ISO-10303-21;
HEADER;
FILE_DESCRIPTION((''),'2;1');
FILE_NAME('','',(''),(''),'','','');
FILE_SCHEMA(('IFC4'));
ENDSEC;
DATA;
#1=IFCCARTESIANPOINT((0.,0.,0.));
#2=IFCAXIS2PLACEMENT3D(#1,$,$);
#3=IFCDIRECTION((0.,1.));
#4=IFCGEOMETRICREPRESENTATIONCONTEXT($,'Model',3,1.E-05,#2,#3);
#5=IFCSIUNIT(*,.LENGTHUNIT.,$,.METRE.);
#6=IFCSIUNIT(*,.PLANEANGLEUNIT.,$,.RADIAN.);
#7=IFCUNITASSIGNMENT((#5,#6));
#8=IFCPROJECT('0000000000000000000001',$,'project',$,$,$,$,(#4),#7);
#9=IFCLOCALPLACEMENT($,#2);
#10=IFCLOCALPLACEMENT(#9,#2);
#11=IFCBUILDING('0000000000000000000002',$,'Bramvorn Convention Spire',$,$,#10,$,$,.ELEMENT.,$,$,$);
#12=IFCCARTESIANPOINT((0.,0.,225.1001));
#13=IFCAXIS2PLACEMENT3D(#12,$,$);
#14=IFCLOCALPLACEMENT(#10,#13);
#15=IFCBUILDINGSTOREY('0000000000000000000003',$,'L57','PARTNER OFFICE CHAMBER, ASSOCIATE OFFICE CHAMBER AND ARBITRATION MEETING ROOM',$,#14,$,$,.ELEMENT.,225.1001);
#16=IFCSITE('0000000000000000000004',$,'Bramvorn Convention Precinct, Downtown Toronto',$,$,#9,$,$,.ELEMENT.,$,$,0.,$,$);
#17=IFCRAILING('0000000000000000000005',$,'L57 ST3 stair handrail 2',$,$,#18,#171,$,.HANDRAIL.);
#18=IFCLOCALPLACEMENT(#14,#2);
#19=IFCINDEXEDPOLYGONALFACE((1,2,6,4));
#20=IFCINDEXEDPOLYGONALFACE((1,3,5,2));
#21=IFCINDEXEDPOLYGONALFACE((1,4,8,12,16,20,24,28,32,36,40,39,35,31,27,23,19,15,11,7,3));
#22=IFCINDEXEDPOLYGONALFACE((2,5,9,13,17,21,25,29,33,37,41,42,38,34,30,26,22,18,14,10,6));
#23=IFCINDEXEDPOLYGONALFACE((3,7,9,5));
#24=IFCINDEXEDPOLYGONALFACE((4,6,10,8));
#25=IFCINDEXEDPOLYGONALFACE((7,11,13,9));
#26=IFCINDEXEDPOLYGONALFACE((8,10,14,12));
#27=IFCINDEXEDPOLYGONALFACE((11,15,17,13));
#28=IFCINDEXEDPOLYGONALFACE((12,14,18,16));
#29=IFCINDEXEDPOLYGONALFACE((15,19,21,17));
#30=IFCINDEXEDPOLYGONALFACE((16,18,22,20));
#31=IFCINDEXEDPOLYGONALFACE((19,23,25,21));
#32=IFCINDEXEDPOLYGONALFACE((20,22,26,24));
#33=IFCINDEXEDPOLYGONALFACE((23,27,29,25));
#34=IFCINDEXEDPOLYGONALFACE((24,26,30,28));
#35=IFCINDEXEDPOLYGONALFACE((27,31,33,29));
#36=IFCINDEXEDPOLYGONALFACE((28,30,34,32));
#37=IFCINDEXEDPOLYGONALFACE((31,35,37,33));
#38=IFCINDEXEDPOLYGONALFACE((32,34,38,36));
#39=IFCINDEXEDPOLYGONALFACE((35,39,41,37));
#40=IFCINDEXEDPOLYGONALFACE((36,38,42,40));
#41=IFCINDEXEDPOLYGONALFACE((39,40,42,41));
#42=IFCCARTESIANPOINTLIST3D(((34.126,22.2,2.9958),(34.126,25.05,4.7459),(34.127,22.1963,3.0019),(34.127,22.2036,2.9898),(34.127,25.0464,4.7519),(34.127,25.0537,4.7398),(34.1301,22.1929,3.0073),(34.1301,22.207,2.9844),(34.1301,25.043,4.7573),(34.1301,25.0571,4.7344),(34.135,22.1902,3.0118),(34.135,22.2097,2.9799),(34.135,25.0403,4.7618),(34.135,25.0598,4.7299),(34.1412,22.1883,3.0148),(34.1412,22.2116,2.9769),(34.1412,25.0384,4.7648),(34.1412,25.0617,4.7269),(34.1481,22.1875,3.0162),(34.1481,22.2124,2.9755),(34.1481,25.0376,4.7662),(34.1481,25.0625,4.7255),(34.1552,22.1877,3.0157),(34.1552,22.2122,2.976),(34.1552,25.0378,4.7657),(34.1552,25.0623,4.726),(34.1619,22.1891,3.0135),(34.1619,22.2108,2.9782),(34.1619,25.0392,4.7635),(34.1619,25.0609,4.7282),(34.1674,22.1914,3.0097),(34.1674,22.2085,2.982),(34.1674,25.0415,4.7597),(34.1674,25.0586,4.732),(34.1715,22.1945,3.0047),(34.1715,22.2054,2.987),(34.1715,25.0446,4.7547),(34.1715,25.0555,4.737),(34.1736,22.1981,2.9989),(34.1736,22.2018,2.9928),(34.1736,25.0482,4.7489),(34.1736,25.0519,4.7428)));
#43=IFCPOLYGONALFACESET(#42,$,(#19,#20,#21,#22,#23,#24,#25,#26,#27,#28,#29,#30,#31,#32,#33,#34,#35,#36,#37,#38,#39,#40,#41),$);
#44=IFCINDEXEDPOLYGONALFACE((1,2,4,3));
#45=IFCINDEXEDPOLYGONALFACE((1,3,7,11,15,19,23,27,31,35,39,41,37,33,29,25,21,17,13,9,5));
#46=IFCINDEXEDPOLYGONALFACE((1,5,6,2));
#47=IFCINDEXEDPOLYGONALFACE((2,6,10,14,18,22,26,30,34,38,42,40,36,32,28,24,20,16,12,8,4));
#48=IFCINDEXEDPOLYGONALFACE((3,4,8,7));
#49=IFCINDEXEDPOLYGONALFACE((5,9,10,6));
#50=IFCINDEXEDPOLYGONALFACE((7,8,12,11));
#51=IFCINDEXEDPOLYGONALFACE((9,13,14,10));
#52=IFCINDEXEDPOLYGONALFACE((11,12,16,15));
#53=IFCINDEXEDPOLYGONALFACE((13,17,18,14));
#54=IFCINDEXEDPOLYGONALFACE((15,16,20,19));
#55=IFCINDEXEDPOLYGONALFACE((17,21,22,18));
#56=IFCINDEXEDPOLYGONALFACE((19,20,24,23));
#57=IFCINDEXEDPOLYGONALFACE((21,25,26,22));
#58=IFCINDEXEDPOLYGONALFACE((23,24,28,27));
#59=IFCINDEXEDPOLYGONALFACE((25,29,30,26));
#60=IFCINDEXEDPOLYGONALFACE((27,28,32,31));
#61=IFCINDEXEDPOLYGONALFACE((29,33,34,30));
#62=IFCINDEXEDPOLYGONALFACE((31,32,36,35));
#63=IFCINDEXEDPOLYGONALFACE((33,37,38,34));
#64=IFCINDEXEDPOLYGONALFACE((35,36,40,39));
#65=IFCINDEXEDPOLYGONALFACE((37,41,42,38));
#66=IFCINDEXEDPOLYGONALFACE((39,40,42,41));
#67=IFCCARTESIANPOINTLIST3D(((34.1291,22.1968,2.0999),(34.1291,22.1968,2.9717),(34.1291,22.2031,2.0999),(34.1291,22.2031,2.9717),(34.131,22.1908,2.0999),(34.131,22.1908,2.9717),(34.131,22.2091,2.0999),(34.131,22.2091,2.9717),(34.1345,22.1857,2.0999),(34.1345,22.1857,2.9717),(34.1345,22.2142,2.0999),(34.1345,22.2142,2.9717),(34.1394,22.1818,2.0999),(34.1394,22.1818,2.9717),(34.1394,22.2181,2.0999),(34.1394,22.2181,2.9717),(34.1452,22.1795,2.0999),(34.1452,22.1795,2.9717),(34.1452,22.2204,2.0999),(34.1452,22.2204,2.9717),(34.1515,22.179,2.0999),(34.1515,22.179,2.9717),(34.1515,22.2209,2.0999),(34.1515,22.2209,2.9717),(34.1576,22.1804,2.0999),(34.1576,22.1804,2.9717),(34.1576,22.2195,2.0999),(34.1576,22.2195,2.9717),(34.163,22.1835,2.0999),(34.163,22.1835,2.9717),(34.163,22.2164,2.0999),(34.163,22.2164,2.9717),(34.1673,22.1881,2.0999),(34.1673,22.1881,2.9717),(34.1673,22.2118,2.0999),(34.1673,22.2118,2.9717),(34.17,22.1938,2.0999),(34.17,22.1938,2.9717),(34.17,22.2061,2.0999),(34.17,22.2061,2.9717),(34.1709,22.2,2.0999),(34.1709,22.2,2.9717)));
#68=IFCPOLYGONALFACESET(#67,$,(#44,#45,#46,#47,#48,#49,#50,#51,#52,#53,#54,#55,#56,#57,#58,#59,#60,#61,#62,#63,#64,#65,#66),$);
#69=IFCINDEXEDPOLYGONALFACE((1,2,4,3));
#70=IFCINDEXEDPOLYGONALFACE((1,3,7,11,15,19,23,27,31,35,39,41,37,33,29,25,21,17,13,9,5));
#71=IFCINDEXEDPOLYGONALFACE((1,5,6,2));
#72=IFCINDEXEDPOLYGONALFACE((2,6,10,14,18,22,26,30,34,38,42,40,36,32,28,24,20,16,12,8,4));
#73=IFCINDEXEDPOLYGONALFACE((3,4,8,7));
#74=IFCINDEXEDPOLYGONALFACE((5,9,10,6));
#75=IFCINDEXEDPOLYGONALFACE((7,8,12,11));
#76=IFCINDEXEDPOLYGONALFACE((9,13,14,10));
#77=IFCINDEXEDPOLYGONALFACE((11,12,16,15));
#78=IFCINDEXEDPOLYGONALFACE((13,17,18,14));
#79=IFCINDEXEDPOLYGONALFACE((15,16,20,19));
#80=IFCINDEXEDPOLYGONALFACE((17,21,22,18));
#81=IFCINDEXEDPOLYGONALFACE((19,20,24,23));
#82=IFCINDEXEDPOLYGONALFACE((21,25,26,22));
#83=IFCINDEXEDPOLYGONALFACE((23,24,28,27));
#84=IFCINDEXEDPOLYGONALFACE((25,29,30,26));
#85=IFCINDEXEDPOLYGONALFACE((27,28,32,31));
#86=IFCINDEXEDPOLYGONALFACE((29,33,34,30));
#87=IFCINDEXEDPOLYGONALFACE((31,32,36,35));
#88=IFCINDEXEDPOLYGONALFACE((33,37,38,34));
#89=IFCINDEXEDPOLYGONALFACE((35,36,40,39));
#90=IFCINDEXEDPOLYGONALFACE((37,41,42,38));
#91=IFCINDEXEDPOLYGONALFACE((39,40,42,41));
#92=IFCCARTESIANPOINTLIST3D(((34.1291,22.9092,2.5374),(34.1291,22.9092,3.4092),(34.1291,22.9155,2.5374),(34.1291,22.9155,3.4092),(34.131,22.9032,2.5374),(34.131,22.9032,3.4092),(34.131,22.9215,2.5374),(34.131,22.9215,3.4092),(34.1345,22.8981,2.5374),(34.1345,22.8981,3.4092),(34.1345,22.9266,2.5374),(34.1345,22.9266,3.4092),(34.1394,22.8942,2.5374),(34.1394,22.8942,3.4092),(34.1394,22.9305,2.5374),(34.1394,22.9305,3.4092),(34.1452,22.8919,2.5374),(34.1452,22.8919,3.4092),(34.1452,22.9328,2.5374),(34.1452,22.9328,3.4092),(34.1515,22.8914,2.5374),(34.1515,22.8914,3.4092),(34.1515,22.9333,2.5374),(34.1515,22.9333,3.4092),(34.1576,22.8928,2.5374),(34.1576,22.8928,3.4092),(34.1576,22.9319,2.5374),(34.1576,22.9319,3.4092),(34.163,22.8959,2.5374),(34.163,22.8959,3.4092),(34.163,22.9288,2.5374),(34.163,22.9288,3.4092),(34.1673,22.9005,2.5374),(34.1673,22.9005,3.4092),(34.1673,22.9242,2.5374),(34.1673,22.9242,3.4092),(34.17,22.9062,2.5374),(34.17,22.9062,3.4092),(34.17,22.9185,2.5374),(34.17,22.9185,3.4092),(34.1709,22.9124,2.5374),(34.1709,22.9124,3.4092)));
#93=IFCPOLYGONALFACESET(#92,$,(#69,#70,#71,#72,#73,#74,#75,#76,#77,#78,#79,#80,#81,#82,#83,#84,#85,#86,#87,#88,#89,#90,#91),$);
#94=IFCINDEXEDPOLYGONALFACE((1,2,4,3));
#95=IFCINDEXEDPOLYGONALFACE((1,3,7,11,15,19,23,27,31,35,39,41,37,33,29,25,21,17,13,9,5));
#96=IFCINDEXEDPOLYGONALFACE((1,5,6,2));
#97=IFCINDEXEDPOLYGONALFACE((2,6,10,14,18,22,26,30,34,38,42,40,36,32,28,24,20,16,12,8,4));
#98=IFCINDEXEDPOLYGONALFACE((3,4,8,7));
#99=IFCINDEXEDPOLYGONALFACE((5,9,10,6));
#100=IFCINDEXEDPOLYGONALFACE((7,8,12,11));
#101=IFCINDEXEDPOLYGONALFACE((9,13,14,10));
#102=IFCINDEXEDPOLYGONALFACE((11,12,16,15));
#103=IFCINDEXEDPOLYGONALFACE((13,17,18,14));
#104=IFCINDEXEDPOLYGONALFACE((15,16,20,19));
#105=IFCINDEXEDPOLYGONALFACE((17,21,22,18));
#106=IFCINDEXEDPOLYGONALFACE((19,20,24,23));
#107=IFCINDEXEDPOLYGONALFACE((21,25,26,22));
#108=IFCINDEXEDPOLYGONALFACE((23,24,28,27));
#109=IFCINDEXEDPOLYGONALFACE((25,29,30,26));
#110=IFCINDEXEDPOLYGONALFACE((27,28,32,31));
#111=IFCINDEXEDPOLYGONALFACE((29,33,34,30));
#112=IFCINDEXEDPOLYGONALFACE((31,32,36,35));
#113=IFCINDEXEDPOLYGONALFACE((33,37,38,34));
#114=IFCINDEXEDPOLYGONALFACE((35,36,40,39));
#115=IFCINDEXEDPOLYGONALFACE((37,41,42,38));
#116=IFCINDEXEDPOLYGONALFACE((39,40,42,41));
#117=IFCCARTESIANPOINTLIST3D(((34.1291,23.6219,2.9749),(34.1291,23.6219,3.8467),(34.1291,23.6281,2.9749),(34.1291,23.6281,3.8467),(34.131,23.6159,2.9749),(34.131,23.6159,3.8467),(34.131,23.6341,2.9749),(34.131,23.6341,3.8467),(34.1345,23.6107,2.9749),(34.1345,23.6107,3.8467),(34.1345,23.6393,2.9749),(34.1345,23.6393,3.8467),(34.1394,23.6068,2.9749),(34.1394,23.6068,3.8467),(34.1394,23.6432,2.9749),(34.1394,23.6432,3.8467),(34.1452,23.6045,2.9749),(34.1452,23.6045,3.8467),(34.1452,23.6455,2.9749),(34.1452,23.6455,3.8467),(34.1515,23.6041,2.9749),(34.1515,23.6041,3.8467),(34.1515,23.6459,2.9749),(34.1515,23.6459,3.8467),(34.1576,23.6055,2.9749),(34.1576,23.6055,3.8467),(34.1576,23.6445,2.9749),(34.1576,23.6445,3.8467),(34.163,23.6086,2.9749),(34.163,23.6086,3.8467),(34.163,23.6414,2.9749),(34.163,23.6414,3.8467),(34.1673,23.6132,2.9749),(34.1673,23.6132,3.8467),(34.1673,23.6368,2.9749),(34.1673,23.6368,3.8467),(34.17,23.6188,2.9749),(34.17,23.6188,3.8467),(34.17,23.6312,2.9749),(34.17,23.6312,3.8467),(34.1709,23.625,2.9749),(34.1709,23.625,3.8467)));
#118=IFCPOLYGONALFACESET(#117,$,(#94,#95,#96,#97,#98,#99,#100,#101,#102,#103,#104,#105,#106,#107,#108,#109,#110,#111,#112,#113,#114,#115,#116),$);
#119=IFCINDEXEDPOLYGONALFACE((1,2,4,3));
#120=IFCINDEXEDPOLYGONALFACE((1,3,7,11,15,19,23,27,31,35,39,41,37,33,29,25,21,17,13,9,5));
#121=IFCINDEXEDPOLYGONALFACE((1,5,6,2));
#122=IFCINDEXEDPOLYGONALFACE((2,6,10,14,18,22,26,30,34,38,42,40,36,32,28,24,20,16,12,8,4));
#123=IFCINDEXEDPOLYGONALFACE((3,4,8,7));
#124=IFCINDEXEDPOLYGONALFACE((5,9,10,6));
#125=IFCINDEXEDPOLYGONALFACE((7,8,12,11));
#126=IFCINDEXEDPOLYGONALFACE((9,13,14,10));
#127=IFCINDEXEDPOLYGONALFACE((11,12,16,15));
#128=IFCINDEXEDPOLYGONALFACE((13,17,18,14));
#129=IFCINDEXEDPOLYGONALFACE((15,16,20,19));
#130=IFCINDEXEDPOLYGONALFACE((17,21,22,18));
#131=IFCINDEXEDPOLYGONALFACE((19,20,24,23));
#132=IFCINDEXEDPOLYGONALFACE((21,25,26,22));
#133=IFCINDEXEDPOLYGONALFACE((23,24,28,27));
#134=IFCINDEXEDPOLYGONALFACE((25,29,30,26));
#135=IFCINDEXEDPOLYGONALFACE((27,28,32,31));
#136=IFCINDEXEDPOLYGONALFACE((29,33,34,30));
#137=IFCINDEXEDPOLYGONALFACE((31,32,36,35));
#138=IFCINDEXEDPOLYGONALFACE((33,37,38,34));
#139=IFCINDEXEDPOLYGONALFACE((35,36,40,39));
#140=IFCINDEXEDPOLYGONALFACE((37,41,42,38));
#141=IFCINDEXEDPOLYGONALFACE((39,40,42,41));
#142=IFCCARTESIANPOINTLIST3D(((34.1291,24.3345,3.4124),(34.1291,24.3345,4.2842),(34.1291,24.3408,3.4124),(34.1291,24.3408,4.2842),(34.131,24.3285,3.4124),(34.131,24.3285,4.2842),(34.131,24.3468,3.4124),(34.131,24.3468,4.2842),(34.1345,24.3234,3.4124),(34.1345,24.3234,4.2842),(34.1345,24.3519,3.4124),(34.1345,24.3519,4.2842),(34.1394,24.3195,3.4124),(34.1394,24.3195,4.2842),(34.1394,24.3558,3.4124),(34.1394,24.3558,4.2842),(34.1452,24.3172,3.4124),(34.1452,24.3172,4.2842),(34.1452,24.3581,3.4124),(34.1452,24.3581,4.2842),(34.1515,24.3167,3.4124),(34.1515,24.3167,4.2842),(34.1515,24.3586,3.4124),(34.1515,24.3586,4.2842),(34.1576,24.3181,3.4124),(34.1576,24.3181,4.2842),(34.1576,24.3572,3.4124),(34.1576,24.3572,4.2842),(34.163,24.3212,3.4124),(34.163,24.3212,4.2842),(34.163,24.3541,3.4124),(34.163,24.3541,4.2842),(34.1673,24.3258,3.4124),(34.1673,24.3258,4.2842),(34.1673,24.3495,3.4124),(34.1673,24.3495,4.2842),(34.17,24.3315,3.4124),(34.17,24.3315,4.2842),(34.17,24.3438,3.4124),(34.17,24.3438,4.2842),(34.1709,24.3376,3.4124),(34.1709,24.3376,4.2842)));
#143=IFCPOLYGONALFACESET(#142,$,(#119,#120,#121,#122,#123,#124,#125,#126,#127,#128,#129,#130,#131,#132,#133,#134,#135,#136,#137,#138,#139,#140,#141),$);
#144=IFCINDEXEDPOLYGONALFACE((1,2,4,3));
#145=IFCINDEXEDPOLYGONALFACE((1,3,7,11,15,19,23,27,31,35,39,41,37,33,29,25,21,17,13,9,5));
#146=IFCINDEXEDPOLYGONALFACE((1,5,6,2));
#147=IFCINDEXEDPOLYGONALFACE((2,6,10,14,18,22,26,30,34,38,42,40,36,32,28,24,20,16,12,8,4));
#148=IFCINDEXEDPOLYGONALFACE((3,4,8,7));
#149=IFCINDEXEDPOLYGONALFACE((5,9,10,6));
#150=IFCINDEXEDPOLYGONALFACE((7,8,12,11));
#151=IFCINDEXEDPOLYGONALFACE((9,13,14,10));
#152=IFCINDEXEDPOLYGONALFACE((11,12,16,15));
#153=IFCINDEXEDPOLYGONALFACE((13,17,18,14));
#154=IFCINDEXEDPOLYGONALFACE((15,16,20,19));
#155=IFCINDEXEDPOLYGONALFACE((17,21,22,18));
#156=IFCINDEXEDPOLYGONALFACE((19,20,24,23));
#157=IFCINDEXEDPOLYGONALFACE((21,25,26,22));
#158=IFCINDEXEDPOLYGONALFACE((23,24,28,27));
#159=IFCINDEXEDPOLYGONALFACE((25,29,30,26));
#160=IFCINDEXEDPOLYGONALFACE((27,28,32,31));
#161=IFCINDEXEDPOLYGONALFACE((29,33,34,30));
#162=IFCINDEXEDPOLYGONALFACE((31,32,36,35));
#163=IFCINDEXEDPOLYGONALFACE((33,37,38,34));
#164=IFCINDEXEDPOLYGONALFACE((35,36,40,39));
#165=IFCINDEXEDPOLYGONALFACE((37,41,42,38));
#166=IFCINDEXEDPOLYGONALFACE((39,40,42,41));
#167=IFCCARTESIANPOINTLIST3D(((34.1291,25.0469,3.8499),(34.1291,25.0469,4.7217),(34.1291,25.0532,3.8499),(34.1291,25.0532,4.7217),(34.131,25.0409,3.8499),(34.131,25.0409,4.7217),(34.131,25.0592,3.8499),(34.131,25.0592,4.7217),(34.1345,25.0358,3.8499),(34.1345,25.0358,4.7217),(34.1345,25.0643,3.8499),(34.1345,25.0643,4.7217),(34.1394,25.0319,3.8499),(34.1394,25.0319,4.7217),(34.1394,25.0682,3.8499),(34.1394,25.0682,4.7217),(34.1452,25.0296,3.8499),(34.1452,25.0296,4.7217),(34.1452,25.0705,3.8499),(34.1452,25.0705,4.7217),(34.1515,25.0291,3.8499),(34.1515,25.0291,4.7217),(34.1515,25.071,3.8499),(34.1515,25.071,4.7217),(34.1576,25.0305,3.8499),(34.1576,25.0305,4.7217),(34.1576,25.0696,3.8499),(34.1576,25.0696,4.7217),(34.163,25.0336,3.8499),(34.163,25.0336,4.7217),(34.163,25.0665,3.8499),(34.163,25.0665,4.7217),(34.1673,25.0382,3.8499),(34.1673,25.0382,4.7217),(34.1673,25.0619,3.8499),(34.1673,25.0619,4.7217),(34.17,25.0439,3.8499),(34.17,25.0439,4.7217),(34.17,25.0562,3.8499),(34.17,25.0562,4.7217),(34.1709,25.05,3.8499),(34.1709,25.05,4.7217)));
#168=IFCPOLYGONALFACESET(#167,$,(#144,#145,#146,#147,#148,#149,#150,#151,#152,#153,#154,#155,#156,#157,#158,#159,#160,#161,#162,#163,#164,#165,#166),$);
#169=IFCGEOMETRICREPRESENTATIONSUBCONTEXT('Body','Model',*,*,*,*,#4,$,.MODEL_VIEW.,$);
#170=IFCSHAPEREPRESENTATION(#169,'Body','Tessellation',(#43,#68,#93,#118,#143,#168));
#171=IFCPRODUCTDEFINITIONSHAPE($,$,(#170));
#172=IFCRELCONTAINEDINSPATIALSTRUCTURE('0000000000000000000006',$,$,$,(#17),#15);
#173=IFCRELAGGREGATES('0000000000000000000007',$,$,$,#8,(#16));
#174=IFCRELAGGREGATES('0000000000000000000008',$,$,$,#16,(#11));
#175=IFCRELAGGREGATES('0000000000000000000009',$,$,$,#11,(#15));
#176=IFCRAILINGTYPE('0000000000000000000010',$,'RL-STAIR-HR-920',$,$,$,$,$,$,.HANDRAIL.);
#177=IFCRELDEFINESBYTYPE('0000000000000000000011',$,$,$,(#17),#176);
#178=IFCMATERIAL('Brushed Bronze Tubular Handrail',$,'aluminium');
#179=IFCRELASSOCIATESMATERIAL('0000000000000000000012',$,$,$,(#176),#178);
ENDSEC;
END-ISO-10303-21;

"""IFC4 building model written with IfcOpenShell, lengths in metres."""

from ifc_helpers import new_model, si_unit, direction, frame, origin, origin_2d, place, context, subcontext, project, spatial, circle, extrude, material, type_object, element, save


model = new_model("IFC4")

# Units and contexts
model_context = context("Model", 3, precision=1e-05, world=origin(), true_north=direction((0.0, 1.0)))
body_context = subcontext(model_context, "Body", "Model", "MODEL_VIEW")
ifc_project = project(units=[si_unit("LENGTHUNIT", "METRE"), si_unit("PLANEANGLEUNIT", "RADIAN")], contexts=[model_context])

# Site, building, storey
site_placement = place(None, origin())
site = spatial("IfcSite", under=ifc_project, at=site_placement, Name="Bramvorn Convention Precinct, Downtown Toronto", CompositionType="ELEMENT", RefElevation=0.0)
building_placement = place(site_placement, origin())
building = spatial("IfcBuilding", under=site, at=building_placement, Name="Bramvorn Convention Spire", CompositionType="ELEMENT")
storey_placement = place(building_placement, frame((0.0, 0.0, 225.1001)))
storey = spatial("IfcBuildingStorey", under=building, at=storey_placement, Name="L57", Description="PARTNER OFFICE CHAMBER, ASSOCIATE OFFICE CHAMBER AND ARBITRATION MEETING ROOM", CompositionType="ELEMENT", Elevation=225.1001)

# Railing
ifc_material_1 = material(Name="Brushed Bronze Tubular Handrail", Category="aluminium")
railing_type_1 = type_object("IfcRailingType", Name="RL-STAIR-HR-920", PredefinedType="HANDRAIL", material=ifc_material_1)
for number, where, name in (
    (1, (34.1499, 22.2, 2.0999), "L57 ST3 stair handrail 2"),
):
    element("IfcRailing", number, at=place(storey_placement, frame(where)), inside=storey, type_object=railing_type_1, Name=name, PredefinedType="HANDRAIL", context=body_context, shape_type="SweptSolid", body=[
        extrude(circle(Radius=0.0239, at=origin_2d()), frame((0.0, 0.0, 0.896), z_axis=(0.0, 0.852179, 0.52325), x_axis=(-1.0, 0.0, 0.0)), (0.0, 0.0, 1.0), 3.3445),
        extrude(circle(Radius=0.021, at=origin_2d()), origin(), (0.0, 0.0, 1.0), 0.8718),
        extrude(circle(Radius=0.021, at=origin_2d()), frame((0.0, 0.7124, 0.4375)), (0.0, 0.0, 1.0), 0.8718),
        extrude(circle(Radius=0.021, at=origin_2d()), frame((0.0, 1.425, 0.875)), (0.0, 0.0, 1.0), 0.8718),
        extrude(circle(Radius=0.021, at=origin_2d()), frame((0.0, 2.1377, 1.3125)), (0.0, 0.0, 1.0), 0.8718),
        extrude(circle(Radius=0.021, at=origin_2d()), frame((0.0, 2.8501, 1.75)), (0.0, 0.0, 1.0), 0.8718),
    ])

save(model, "model.ifc")
